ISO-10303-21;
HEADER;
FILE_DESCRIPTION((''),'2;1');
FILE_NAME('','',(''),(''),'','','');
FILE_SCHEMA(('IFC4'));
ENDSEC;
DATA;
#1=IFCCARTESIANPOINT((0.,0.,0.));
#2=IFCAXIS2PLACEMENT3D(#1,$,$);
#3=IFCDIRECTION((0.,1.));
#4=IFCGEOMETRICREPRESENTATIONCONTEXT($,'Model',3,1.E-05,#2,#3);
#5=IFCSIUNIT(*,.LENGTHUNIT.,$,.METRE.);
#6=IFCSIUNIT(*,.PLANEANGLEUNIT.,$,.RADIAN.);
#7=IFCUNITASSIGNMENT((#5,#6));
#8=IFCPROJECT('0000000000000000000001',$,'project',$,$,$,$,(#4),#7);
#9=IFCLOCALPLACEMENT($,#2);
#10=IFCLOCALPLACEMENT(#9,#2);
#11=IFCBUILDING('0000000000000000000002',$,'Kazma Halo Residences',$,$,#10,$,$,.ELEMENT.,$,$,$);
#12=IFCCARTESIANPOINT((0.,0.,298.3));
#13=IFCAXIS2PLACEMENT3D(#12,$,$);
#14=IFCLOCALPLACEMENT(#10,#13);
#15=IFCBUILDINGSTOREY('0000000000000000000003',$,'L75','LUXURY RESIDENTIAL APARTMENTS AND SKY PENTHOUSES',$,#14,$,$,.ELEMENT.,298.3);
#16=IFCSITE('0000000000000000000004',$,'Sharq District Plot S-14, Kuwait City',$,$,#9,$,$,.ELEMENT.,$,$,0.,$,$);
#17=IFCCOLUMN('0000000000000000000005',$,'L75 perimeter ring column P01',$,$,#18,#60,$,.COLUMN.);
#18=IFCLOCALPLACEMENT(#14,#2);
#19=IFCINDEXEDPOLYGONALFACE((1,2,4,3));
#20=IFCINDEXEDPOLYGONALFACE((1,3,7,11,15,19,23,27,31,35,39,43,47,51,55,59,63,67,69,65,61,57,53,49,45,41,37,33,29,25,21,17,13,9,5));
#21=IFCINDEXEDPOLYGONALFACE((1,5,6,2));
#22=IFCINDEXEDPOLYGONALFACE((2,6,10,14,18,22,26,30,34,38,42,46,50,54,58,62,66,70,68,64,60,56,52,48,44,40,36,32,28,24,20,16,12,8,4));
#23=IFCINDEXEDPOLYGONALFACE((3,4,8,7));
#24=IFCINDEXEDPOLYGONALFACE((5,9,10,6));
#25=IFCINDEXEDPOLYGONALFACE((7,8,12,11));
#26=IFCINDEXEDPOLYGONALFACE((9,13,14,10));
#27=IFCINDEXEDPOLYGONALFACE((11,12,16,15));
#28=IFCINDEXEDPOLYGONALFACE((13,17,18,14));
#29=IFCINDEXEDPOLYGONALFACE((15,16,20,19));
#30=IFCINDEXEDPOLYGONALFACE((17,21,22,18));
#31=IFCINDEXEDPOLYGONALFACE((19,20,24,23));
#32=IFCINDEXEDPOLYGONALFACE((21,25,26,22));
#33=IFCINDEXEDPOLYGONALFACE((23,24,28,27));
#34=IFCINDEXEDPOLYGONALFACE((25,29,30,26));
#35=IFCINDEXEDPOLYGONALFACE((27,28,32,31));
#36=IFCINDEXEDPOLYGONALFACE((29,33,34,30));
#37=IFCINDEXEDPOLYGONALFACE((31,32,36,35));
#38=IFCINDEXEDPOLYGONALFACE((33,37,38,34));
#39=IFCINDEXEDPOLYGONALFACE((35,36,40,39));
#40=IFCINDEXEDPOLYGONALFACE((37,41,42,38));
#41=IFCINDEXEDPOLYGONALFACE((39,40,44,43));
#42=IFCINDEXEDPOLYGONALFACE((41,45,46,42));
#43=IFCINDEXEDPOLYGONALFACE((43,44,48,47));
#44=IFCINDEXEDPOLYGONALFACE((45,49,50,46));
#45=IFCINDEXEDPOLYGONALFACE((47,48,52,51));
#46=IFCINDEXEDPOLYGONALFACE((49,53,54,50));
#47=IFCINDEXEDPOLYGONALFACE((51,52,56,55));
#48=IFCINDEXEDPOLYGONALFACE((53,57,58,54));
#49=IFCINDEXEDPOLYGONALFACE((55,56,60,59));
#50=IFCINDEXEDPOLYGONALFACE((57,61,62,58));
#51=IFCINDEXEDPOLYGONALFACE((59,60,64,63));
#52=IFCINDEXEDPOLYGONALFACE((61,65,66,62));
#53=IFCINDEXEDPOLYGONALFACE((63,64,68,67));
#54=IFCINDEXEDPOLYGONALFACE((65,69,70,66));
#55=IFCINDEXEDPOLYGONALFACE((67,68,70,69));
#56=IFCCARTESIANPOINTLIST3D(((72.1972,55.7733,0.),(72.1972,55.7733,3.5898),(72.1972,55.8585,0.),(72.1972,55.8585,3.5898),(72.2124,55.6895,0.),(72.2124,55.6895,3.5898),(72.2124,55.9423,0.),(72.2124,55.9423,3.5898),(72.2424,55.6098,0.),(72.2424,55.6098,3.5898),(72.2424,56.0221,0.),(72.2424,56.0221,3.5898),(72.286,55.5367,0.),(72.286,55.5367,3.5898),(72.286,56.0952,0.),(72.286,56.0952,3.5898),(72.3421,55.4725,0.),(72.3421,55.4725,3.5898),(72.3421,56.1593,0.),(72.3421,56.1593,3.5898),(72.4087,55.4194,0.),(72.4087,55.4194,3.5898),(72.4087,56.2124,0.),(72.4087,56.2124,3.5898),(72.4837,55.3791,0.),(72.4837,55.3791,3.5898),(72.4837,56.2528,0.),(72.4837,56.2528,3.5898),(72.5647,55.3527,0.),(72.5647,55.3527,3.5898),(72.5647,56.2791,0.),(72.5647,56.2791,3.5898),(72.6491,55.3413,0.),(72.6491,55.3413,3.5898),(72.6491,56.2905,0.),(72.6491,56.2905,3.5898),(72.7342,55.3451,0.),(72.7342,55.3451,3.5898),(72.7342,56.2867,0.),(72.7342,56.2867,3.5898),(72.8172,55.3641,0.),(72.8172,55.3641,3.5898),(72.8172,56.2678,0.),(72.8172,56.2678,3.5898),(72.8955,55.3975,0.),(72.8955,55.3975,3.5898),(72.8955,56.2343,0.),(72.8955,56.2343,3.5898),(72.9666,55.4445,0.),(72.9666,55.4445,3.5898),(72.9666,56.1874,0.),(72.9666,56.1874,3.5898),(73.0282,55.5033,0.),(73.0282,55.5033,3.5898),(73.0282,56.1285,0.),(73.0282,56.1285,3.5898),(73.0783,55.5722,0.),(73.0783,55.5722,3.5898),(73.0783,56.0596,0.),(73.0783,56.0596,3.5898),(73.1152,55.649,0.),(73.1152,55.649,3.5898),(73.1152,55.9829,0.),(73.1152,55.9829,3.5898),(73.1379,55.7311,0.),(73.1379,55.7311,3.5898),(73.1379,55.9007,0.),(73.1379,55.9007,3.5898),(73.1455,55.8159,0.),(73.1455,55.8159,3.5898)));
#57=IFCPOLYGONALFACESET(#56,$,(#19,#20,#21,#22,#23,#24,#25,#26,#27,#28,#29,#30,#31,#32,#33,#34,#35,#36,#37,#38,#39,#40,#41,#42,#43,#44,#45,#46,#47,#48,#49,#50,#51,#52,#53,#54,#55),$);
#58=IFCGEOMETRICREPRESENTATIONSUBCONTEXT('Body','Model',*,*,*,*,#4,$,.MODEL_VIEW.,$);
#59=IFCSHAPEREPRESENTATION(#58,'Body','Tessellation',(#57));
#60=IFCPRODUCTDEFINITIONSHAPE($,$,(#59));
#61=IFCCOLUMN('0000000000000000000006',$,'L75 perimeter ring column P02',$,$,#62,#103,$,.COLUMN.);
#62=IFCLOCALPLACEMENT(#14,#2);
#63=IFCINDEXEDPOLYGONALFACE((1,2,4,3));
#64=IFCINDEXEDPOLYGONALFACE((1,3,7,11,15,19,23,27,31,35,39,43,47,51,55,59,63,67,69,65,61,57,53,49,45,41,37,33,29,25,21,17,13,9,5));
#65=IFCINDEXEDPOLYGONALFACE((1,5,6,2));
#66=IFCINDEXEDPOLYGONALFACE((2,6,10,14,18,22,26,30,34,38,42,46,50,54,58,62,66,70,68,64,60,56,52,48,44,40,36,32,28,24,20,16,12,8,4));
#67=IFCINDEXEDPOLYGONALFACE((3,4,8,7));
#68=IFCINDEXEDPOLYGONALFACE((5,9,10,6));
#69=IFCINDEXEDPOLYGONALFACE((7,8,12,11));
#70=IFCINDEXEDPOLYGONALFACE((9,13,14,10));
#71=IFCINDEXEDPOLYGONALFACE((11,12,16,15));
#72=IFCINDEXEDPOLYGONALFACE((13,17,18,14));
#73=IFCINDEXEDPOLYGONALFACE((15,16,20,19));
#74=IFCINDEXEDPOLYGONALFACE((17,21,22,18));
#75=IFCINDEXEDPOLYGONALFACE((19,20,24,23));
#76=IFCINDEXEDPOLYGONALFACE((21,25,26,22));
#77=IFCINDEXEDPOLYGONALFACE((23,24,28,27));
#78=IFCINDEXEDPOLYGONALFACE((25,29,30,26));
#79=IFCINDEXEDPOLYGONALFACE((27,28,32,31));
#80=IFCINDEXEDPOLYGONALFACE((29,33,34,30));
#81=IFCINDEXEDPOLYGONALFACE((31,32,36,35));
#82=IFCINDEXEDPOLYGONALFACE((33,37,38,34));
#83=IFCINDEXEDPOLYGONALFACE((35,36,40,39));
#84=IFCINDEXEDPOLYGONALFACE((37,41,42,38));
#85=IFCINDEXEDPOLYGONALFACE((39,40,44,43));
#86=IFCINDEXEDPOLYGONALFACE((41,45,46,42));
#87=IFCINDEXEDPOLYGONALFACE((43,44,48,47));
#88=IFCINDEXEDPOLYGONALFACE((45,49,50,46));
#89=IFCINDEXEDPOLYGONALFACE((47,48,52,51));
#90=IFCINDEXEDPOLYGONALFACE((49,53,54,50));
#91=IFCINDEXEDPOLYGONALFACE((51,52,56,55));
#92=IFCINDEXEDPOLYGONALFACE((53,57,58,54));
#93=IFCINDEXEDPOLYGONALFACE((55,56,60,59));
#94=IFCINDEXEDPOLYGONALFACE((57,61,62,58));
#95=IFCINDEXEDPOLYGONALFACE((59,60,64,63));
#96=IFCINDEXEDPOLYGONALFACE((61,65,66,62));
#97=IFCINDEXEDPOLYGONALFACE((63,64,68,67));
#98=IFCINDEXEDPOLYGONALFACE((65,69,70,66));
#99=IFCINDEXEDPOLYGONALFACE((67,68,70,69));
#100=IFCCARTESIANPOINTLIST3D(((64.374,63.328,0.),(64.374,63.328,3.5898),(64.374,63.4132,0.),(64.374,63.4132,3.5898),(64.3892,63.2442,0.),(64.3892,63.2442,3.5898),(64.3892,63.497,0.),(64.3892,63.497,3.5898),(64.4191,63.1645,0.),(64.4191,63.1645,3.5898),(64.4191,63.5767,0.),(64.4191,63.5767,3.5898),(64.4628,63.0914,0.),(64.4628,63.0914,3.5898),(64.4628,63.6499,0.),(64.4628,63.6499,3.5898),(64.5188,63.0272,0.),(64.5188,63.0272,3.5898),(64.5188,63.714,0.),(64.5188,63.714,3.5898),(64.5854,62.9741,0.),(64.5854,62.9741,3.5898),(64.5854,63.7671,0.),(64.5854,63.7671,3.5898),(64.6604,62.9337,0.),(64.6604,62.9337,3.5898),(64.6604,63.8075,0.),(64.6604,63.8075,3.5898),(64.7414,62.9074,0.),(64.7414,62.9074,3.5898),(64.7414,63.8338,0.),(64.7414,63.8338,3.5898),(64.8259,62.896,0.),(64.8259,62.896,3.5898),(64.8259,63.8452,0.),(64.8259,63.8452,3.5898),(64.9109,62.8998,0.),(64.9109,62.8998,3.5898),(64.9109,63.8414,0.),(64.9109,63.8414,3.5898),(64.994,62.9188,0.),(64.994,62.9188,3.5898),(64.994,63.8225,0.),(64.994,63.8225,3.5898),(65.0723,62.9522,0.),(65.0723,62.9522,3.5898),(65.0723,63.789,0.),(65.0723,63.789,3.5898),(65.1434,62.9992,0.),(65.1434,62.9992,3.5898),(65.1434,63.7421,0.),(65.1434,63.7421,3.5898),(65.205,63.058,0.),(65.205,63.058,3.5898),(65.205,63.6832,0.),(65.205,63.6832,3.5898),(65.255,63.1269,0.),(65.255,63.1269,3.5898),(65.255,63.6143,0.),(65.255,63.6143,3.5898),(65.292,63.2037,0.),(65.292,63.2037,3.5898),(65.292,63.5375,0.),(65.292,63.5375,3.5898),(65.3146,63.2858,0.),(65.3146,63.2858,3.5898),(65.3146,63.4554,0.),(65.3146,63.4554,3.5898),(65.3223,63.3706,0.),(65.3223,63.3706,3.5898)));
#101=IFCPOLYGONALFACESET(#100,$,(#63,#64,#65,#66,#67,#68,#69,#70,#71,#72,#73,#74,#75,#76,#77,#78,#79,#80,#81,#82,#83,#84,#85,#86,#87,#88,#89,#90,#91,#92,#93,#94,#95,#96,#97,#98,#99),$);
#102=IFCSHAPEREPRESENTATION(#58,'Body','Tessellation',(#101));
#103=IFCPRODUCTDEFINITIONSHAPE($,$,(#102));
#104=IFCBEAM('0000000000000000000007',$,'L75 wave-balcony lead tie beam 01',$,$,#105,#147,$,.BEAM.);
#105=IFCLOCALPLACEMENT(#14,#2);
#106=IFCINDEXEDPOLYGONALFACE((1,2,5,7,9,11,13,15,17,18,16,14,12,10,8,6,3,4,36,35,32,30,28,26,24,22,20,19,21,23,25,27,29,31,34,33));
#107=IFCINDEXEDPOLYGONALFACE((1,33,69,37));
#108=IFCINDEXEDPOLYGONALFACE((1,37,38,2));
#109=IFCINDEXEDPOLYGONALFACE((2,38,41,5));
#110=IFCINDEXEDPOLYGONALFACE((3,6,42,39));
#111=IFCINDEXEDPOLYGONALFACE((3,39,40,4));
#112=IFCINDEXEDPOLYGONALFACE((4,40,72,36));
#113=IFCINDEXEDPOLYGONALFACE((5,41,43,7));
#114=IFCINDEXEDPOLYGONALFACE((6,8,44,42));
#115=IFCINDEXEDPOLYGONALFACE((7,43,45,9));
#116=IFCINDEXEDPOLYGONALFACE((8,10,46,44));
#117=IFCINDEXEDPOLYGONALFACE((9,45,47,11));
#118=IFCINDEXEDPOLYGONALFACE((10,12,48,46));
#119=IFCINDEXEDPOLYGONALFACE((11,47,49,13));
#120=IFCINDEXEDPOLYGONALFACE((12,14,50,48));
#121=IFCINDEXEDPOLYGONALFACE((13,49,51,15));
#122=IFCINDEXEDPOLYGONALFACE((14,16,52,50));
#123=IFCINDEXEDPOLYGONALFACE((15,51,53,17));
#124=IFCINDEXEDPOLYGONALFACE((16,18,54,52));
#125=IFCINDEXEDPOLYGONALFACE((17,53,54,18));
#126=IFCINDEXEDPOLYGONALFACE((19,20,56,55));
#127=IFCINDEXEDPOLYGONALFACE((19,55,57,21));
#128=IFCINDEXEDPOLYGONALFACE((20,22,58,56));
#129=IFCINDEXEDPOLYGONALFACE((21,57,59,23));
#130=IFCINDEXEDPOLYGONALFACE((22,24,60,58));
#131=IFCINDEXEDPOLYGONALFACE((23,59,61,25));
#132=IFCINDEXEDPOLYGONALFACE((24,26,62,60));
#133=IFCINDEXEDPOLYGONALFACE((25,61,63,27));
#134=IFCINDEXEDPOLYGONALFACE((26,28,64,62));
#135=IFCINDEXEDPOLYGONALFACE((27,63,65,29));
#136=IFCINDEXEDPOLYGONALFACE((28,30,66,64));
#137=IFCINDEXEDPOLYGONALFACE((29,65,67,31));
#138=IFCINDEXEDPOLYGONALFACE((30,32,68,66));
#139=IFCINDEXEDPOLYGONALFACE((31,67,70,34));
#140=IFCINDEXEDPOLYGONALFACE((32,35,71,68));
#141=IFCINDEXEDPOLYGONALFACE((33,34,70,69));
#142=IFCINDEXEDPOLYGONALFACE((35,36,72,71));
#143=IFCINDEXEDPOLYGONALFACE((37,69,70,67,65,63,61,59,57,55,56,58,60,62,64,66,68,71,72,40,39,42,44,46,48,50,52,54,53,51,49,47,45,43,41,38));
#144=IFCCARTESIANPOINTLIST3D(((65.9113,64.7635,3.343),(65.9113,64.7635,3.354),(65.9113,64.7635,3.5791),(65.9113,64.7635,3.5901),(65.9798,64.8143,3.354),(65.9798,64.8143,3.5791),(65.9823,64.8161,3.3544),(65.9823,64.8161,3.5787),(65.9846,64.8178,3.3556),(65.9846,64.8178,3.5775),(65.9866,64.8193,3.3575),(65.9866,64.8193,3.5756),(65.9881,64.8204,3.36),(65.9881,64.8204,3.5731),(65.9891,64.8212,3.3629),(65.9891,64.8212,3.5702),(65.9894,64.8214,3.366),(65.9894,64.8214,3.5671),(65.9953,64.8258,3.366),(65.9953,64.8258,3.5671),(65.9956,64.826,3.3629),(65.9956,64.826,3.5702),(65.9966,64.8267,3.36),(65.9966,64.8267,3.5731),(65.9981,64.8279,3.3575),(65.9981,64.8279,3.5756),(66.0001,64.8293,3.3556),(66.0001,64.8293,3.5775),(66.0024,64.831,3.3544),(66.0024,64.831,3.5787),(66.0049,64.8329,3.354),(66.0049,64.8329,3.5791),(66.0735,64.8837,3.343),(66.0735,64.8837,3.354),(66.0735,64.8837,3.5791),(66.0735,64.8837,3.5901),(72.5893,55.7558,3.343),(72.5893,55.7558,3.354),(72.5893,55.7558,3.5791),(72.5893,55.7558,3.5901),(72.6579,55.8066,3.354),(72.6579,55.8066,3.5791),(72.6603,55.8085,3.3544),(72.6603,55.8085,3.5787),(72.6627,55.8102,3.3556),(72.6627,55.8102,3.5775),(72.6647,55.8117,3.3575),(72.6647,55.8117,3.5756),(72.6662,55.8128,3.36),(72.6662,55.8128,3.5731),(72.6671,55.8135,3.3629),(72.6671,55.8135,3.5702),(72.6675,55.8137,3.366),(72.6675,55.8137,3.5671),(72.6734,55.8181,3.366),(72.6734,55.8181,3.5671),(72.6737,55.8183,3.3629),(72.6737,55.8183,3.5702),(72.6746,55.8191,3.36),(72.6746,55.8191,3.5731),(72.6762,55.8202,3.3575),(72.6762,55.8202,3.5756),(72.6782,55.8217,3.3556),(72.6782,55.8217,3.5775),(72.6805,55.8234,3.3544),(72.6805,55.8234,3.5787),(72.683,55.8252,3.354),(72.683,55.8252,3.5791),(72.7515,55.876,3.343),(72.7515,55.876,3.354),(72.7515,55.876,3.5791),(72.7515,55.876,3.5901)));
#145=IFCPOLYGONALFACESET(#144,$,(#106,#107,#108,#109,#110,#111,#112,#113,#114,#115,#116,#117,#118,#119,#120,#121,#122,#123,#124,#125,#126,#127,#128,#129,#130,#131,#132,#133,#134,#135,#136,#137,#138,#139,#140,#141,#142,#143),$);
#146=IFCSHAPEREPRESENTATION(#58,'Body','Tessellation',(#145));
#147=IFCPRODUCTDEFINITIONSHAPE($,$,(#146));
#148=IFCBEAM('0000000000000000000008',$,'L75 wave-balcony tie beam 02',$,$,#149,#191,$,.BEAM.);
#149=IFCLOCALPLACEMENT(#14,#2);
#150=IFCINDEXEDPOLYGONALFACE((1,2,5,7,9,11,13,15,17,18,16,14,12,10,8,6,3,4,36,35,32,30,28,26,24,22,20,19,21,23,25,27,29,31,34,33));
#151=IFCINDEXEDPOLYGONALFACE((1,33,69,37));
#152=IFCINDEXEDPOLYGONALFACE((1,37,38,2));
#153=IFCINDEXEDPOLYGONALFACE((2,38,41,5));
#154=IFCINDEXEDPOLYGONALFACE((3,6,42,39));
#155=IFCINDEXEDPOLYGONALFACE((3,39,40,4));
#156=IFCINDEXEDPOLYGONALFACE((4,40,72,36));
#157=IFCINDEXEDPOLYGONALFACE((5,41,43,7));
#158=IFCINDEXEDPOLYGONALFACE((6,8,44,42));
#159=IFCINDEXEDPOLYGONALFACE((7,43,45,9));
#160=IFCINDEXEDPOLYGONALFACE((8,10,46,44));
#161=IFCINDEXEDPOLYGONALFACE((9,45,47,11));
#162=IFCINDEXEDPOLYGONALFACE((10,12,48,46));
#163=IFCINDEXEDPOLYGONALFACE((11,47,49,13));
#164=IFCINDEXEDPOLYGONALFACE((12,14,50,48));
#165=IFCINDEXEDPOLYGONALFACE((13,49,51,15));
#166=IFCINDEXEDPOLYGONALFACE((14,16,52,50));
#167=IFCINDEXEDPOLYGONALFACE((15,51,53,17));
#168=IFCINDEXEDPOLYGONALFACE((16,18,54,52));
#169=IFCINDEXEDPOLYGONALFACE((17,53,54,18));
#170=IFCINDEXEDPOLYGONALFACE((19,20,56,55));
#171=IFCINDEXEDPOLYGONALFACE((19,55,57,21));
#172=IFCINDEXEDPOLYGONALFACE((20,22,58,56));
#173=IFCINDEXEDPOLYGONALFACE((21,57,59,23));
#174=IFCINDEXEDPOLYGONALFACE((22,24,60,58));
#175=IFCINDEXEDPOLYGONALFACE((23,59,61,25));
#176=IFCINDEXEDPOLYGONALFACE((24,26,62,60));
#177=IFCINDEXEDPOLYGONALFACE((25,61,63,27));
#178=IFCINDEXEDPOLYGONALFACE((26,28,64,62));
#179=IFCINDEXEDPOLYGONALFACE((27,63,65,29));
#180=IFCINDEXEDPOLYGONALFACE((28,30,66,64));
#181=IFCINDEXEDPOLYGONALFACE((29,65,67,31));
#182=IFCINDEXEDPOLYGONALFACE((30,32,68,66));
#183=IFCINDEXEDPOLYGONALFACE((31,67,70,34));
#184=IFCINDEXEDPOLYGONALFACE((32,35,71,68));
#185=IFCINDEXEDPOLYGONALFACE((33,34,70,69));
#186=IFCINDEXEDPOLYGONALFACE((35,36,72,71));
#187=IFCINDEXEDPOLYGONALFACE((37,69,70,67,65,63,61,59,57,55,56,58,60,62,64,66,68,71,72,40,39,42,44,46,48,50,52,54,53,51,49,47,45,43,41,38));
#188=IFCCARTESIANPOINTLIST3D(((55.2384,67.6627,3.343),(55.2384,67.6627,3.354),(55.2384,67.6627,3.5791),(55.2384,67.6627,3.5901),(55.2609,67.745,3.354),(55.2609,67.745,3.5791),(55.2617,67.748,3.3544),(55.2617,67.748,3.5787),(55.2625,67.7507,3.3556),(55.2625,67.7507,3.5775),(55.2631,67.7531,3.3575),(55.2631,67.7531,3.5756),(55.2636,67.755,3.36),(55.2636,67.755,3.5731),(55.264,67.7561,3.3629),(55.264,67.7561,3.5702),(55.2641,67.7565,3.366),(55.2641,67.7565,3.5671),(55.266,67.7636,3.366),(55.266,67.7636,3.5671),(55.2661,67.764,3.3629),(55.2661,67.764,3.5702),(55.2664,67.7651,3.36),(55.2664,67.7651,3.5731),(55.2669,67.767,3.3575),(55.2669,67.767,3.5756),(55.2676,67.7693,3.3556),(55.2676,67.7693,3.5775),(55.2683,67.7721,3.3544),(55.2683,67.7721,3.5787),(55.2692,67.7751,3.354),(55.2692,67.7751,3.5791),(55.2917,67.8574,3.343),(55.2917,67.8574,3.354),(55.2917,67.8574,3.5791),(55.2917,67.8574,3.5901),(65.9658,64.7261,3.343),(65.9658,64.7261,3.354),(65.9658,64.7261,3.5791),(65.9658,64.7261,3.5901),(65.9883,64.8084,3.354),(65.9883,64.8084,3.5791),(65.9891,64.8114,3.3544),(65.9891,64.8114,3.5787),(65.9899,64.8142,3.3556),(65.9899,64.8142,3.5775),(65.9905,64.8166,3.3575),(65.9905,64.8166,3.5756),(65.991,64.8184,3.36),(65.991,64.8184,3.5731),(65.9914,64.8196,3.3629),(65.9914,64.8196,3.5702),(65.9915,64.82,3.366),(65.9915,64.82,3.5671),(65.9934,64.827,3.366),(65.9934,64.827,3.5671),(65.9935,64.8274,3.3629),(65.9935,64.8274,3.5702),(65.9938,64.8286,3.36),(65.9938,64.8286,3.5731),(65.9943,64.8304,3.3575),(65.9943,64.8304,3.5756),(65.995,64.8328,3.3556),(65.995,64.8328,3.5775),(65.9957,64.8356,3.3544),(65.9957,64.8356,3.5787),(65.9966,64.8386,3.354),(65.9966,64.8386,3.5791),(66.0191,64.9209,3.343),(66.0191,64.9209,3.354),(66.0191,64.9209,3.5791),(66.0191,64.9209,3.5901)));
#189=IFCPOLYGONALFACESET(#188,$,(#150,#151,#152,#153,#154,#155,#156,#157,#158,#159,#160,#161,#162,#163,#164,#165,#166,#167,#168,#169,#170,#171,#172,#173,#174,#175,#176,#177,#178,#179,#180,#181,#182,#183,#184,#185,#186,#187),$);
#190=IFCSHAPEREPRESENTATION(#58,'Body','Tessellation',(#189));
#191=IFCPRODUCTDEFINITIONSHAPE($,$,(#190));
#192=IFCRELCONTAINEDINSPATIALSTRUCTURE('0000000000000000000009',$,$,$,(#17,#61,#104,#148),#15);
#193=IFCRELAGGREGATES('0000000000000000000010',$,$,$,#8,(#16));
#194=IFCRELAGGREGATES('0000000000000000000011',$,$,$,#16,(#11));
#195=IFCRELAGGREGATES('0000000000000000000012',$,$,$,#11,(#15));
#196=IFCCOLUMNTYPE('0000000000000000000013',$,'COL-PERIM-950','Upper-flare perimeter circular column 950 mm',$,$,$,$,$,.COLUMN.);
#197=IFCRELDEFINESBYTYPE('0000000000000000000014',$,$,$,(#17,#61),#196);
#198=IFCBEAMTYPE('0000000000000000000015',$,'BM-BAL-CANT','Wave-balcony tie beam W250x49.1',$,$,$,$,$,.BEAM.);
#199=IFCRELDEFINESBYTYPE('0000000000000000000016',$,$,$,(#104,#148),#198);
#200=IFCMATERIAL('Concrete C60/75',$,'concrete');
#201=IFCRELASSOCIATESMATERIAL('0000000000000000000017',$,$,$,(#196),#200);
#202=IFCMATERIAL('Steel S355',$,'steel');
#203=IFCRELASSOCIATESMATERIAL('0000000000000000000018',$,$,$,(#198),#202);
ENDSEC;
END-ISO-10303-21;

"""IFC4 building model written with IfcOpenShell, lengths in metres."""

from ifc_helpers import new_model, si_unit, direction, frame, origin, origin_2d, place, context, subcontext, project, spatial, circle, i_section, extrude, material, material_profile, profile_set, type_object, element, save


model = new_model("IFC4")

# Units and contexts
model_context = context("Model", 3, precision=1e-05, world=origin(), true_north=direction((0.0, 1.0)))
body_context = subcontext(model_context, "Body", "Model", "MODEL_VIEW")
ifc_project = project(units=[si_unit("LENGTHUNIT", "METRE"), si_unit("PLANEANGLEUNIT", "RADIAN")], contexts=[model_context])

# Site, building, storey
site_placement = place(None, origin())
site = spatial("IfcSite", under=ifc_project, at=site_placement, Name="Sharq District Plot S-14, Kuwait City", CompositionType="ELEMENT", RefElevation=0.0)
building_placement = place(site_placement, origin())
building = spatial("IfcBuilding", under=site, at=building_placement, Name="Kazma Halo Residences", CompositionType="ELEMENT")
storey_placement = place(building_placement, frame((0.0, 0.0, 298.3)))
storey = spatial("IfcBuildingStorey", under=building, at=storey_placement, Name="L75", Description="LUXURY RESIDENTIAL APARTMENTS AND SKY PENTHOUSES", CompositionType="ELEMENT", Elevation=298.3)

# Columns
ifc_material_1 = material(Name="Concrete C60/75", Category="concrete")
ifc_material_profile_1 = material_profile(ifc_material_1, circle(Radius=0.4751, at=origin_2d()), Name="CIRC950")
ifc_profile_set_1 = profile_set([ifc_material_profile_1], Name="Concrete C60/75")
column_type = type_object("IfcColumnType", Name="COL-PERIM-950", Description="Upper-flare perimeter circular column 950 mm", PredefinedType="COLUMN", material=ifc_profile_set_1)
for number, where, z_axis, x_axis, name in (
    (1, (72.6704, 55.8159, 0.0), (0.0, 0.0, 1.0), (1.0, 0.0, 0.0), "L75 perimeter ring column P01"),
    (2, (64.8472, 63.3706, 0.0), (0.0, 0.0, 1.0), (1.0, 0.0, 0.0), "L75 perimeter ring column P02"),
):
    element("IfcColumn", number, at=place(storey_placement, frame(where, z_axis=z_axis, x_axis=x_axis)), inside=storey, type_object=column_type, Name=name, PredefinedType="COLUMN", context=body_context, shape_type="SweptSolid", body=[
        extrude(circle(Radius=0.4751, at=origin_2d()), origin(), (0.0, 0.0, 1.0), 3.5898),
    ])

# Beams
ifc_material_2 = material(Name="Steel S355", Category="steel")
ifc_material_profile_2 = material_profile(ifc_material_2, i_section(OverallWidth=0.2019, OverallDepth=0.2471, WebThickness=0.0073, FlangeThickness=0.011, FilletRadius=0.012, at=origin_2d()), Name="W250x49.1")
ifc_profile_set_2 = profile_set([ifc_material_profile_2], Name="Steel S355")
beam_type_1 = type_object("IfcBeamType", Name="BM-BAL-CANT", Description="Wave-balcony tie beam W250x49.1", PredefinedType="BEAM", material=ifc_profile_set_2)
beam_1_placement = place(storey_placement, frame((72.6704, 55.8159, 3.4666), z_axis=(-0.595556, 0.803314, 0.0), x_axis=(-0.803314, -0.595556, 0.0)))
element("IfcBeam", 3, at=beam_1_placement, inside=storey, type_object=beam_type_1, Name="L75 wave-balcony lead tie beam 01", PredefinedType="BEAM", context=body_context, shape_type="SweptSolid", body=[
    extrude(i_section(OverallWidth=0.2019, OverallDepth=0.2471, WebThickness=0.0073, FlangeThickness=0.011, FilletRadius=0.012, at=origin_2d()), origin(), (0.0, 0.0, 1.0), 11.2131),
])
beam_2_placement = place(storey_placement, frame((65.9924, 64.8235, 3.4666), z_axis=(-0.964515, 0.264029, 0.0), x_axis=(-0.264029, -0.964515, 0.0)))
element("IfcBeam", 4, at=beam_2_placement, inside=storey, type_object=beam_type_1, Name="L75 wave-balcony tie beam 02", PredefinedType="BEAM", context=body_context, shape_type="SweptSolid", body=[
    extrude(i_section(OverallWidth=0.2019, OverallDepth=0.2471, WebThickness=0.0073, FlangeThickness=0.011, FilletRadius=0.012, at=origin_2d()), origin(), (0.0, 0.0, 1.0), 11.1221),
])

save(model, "model.ifc")
